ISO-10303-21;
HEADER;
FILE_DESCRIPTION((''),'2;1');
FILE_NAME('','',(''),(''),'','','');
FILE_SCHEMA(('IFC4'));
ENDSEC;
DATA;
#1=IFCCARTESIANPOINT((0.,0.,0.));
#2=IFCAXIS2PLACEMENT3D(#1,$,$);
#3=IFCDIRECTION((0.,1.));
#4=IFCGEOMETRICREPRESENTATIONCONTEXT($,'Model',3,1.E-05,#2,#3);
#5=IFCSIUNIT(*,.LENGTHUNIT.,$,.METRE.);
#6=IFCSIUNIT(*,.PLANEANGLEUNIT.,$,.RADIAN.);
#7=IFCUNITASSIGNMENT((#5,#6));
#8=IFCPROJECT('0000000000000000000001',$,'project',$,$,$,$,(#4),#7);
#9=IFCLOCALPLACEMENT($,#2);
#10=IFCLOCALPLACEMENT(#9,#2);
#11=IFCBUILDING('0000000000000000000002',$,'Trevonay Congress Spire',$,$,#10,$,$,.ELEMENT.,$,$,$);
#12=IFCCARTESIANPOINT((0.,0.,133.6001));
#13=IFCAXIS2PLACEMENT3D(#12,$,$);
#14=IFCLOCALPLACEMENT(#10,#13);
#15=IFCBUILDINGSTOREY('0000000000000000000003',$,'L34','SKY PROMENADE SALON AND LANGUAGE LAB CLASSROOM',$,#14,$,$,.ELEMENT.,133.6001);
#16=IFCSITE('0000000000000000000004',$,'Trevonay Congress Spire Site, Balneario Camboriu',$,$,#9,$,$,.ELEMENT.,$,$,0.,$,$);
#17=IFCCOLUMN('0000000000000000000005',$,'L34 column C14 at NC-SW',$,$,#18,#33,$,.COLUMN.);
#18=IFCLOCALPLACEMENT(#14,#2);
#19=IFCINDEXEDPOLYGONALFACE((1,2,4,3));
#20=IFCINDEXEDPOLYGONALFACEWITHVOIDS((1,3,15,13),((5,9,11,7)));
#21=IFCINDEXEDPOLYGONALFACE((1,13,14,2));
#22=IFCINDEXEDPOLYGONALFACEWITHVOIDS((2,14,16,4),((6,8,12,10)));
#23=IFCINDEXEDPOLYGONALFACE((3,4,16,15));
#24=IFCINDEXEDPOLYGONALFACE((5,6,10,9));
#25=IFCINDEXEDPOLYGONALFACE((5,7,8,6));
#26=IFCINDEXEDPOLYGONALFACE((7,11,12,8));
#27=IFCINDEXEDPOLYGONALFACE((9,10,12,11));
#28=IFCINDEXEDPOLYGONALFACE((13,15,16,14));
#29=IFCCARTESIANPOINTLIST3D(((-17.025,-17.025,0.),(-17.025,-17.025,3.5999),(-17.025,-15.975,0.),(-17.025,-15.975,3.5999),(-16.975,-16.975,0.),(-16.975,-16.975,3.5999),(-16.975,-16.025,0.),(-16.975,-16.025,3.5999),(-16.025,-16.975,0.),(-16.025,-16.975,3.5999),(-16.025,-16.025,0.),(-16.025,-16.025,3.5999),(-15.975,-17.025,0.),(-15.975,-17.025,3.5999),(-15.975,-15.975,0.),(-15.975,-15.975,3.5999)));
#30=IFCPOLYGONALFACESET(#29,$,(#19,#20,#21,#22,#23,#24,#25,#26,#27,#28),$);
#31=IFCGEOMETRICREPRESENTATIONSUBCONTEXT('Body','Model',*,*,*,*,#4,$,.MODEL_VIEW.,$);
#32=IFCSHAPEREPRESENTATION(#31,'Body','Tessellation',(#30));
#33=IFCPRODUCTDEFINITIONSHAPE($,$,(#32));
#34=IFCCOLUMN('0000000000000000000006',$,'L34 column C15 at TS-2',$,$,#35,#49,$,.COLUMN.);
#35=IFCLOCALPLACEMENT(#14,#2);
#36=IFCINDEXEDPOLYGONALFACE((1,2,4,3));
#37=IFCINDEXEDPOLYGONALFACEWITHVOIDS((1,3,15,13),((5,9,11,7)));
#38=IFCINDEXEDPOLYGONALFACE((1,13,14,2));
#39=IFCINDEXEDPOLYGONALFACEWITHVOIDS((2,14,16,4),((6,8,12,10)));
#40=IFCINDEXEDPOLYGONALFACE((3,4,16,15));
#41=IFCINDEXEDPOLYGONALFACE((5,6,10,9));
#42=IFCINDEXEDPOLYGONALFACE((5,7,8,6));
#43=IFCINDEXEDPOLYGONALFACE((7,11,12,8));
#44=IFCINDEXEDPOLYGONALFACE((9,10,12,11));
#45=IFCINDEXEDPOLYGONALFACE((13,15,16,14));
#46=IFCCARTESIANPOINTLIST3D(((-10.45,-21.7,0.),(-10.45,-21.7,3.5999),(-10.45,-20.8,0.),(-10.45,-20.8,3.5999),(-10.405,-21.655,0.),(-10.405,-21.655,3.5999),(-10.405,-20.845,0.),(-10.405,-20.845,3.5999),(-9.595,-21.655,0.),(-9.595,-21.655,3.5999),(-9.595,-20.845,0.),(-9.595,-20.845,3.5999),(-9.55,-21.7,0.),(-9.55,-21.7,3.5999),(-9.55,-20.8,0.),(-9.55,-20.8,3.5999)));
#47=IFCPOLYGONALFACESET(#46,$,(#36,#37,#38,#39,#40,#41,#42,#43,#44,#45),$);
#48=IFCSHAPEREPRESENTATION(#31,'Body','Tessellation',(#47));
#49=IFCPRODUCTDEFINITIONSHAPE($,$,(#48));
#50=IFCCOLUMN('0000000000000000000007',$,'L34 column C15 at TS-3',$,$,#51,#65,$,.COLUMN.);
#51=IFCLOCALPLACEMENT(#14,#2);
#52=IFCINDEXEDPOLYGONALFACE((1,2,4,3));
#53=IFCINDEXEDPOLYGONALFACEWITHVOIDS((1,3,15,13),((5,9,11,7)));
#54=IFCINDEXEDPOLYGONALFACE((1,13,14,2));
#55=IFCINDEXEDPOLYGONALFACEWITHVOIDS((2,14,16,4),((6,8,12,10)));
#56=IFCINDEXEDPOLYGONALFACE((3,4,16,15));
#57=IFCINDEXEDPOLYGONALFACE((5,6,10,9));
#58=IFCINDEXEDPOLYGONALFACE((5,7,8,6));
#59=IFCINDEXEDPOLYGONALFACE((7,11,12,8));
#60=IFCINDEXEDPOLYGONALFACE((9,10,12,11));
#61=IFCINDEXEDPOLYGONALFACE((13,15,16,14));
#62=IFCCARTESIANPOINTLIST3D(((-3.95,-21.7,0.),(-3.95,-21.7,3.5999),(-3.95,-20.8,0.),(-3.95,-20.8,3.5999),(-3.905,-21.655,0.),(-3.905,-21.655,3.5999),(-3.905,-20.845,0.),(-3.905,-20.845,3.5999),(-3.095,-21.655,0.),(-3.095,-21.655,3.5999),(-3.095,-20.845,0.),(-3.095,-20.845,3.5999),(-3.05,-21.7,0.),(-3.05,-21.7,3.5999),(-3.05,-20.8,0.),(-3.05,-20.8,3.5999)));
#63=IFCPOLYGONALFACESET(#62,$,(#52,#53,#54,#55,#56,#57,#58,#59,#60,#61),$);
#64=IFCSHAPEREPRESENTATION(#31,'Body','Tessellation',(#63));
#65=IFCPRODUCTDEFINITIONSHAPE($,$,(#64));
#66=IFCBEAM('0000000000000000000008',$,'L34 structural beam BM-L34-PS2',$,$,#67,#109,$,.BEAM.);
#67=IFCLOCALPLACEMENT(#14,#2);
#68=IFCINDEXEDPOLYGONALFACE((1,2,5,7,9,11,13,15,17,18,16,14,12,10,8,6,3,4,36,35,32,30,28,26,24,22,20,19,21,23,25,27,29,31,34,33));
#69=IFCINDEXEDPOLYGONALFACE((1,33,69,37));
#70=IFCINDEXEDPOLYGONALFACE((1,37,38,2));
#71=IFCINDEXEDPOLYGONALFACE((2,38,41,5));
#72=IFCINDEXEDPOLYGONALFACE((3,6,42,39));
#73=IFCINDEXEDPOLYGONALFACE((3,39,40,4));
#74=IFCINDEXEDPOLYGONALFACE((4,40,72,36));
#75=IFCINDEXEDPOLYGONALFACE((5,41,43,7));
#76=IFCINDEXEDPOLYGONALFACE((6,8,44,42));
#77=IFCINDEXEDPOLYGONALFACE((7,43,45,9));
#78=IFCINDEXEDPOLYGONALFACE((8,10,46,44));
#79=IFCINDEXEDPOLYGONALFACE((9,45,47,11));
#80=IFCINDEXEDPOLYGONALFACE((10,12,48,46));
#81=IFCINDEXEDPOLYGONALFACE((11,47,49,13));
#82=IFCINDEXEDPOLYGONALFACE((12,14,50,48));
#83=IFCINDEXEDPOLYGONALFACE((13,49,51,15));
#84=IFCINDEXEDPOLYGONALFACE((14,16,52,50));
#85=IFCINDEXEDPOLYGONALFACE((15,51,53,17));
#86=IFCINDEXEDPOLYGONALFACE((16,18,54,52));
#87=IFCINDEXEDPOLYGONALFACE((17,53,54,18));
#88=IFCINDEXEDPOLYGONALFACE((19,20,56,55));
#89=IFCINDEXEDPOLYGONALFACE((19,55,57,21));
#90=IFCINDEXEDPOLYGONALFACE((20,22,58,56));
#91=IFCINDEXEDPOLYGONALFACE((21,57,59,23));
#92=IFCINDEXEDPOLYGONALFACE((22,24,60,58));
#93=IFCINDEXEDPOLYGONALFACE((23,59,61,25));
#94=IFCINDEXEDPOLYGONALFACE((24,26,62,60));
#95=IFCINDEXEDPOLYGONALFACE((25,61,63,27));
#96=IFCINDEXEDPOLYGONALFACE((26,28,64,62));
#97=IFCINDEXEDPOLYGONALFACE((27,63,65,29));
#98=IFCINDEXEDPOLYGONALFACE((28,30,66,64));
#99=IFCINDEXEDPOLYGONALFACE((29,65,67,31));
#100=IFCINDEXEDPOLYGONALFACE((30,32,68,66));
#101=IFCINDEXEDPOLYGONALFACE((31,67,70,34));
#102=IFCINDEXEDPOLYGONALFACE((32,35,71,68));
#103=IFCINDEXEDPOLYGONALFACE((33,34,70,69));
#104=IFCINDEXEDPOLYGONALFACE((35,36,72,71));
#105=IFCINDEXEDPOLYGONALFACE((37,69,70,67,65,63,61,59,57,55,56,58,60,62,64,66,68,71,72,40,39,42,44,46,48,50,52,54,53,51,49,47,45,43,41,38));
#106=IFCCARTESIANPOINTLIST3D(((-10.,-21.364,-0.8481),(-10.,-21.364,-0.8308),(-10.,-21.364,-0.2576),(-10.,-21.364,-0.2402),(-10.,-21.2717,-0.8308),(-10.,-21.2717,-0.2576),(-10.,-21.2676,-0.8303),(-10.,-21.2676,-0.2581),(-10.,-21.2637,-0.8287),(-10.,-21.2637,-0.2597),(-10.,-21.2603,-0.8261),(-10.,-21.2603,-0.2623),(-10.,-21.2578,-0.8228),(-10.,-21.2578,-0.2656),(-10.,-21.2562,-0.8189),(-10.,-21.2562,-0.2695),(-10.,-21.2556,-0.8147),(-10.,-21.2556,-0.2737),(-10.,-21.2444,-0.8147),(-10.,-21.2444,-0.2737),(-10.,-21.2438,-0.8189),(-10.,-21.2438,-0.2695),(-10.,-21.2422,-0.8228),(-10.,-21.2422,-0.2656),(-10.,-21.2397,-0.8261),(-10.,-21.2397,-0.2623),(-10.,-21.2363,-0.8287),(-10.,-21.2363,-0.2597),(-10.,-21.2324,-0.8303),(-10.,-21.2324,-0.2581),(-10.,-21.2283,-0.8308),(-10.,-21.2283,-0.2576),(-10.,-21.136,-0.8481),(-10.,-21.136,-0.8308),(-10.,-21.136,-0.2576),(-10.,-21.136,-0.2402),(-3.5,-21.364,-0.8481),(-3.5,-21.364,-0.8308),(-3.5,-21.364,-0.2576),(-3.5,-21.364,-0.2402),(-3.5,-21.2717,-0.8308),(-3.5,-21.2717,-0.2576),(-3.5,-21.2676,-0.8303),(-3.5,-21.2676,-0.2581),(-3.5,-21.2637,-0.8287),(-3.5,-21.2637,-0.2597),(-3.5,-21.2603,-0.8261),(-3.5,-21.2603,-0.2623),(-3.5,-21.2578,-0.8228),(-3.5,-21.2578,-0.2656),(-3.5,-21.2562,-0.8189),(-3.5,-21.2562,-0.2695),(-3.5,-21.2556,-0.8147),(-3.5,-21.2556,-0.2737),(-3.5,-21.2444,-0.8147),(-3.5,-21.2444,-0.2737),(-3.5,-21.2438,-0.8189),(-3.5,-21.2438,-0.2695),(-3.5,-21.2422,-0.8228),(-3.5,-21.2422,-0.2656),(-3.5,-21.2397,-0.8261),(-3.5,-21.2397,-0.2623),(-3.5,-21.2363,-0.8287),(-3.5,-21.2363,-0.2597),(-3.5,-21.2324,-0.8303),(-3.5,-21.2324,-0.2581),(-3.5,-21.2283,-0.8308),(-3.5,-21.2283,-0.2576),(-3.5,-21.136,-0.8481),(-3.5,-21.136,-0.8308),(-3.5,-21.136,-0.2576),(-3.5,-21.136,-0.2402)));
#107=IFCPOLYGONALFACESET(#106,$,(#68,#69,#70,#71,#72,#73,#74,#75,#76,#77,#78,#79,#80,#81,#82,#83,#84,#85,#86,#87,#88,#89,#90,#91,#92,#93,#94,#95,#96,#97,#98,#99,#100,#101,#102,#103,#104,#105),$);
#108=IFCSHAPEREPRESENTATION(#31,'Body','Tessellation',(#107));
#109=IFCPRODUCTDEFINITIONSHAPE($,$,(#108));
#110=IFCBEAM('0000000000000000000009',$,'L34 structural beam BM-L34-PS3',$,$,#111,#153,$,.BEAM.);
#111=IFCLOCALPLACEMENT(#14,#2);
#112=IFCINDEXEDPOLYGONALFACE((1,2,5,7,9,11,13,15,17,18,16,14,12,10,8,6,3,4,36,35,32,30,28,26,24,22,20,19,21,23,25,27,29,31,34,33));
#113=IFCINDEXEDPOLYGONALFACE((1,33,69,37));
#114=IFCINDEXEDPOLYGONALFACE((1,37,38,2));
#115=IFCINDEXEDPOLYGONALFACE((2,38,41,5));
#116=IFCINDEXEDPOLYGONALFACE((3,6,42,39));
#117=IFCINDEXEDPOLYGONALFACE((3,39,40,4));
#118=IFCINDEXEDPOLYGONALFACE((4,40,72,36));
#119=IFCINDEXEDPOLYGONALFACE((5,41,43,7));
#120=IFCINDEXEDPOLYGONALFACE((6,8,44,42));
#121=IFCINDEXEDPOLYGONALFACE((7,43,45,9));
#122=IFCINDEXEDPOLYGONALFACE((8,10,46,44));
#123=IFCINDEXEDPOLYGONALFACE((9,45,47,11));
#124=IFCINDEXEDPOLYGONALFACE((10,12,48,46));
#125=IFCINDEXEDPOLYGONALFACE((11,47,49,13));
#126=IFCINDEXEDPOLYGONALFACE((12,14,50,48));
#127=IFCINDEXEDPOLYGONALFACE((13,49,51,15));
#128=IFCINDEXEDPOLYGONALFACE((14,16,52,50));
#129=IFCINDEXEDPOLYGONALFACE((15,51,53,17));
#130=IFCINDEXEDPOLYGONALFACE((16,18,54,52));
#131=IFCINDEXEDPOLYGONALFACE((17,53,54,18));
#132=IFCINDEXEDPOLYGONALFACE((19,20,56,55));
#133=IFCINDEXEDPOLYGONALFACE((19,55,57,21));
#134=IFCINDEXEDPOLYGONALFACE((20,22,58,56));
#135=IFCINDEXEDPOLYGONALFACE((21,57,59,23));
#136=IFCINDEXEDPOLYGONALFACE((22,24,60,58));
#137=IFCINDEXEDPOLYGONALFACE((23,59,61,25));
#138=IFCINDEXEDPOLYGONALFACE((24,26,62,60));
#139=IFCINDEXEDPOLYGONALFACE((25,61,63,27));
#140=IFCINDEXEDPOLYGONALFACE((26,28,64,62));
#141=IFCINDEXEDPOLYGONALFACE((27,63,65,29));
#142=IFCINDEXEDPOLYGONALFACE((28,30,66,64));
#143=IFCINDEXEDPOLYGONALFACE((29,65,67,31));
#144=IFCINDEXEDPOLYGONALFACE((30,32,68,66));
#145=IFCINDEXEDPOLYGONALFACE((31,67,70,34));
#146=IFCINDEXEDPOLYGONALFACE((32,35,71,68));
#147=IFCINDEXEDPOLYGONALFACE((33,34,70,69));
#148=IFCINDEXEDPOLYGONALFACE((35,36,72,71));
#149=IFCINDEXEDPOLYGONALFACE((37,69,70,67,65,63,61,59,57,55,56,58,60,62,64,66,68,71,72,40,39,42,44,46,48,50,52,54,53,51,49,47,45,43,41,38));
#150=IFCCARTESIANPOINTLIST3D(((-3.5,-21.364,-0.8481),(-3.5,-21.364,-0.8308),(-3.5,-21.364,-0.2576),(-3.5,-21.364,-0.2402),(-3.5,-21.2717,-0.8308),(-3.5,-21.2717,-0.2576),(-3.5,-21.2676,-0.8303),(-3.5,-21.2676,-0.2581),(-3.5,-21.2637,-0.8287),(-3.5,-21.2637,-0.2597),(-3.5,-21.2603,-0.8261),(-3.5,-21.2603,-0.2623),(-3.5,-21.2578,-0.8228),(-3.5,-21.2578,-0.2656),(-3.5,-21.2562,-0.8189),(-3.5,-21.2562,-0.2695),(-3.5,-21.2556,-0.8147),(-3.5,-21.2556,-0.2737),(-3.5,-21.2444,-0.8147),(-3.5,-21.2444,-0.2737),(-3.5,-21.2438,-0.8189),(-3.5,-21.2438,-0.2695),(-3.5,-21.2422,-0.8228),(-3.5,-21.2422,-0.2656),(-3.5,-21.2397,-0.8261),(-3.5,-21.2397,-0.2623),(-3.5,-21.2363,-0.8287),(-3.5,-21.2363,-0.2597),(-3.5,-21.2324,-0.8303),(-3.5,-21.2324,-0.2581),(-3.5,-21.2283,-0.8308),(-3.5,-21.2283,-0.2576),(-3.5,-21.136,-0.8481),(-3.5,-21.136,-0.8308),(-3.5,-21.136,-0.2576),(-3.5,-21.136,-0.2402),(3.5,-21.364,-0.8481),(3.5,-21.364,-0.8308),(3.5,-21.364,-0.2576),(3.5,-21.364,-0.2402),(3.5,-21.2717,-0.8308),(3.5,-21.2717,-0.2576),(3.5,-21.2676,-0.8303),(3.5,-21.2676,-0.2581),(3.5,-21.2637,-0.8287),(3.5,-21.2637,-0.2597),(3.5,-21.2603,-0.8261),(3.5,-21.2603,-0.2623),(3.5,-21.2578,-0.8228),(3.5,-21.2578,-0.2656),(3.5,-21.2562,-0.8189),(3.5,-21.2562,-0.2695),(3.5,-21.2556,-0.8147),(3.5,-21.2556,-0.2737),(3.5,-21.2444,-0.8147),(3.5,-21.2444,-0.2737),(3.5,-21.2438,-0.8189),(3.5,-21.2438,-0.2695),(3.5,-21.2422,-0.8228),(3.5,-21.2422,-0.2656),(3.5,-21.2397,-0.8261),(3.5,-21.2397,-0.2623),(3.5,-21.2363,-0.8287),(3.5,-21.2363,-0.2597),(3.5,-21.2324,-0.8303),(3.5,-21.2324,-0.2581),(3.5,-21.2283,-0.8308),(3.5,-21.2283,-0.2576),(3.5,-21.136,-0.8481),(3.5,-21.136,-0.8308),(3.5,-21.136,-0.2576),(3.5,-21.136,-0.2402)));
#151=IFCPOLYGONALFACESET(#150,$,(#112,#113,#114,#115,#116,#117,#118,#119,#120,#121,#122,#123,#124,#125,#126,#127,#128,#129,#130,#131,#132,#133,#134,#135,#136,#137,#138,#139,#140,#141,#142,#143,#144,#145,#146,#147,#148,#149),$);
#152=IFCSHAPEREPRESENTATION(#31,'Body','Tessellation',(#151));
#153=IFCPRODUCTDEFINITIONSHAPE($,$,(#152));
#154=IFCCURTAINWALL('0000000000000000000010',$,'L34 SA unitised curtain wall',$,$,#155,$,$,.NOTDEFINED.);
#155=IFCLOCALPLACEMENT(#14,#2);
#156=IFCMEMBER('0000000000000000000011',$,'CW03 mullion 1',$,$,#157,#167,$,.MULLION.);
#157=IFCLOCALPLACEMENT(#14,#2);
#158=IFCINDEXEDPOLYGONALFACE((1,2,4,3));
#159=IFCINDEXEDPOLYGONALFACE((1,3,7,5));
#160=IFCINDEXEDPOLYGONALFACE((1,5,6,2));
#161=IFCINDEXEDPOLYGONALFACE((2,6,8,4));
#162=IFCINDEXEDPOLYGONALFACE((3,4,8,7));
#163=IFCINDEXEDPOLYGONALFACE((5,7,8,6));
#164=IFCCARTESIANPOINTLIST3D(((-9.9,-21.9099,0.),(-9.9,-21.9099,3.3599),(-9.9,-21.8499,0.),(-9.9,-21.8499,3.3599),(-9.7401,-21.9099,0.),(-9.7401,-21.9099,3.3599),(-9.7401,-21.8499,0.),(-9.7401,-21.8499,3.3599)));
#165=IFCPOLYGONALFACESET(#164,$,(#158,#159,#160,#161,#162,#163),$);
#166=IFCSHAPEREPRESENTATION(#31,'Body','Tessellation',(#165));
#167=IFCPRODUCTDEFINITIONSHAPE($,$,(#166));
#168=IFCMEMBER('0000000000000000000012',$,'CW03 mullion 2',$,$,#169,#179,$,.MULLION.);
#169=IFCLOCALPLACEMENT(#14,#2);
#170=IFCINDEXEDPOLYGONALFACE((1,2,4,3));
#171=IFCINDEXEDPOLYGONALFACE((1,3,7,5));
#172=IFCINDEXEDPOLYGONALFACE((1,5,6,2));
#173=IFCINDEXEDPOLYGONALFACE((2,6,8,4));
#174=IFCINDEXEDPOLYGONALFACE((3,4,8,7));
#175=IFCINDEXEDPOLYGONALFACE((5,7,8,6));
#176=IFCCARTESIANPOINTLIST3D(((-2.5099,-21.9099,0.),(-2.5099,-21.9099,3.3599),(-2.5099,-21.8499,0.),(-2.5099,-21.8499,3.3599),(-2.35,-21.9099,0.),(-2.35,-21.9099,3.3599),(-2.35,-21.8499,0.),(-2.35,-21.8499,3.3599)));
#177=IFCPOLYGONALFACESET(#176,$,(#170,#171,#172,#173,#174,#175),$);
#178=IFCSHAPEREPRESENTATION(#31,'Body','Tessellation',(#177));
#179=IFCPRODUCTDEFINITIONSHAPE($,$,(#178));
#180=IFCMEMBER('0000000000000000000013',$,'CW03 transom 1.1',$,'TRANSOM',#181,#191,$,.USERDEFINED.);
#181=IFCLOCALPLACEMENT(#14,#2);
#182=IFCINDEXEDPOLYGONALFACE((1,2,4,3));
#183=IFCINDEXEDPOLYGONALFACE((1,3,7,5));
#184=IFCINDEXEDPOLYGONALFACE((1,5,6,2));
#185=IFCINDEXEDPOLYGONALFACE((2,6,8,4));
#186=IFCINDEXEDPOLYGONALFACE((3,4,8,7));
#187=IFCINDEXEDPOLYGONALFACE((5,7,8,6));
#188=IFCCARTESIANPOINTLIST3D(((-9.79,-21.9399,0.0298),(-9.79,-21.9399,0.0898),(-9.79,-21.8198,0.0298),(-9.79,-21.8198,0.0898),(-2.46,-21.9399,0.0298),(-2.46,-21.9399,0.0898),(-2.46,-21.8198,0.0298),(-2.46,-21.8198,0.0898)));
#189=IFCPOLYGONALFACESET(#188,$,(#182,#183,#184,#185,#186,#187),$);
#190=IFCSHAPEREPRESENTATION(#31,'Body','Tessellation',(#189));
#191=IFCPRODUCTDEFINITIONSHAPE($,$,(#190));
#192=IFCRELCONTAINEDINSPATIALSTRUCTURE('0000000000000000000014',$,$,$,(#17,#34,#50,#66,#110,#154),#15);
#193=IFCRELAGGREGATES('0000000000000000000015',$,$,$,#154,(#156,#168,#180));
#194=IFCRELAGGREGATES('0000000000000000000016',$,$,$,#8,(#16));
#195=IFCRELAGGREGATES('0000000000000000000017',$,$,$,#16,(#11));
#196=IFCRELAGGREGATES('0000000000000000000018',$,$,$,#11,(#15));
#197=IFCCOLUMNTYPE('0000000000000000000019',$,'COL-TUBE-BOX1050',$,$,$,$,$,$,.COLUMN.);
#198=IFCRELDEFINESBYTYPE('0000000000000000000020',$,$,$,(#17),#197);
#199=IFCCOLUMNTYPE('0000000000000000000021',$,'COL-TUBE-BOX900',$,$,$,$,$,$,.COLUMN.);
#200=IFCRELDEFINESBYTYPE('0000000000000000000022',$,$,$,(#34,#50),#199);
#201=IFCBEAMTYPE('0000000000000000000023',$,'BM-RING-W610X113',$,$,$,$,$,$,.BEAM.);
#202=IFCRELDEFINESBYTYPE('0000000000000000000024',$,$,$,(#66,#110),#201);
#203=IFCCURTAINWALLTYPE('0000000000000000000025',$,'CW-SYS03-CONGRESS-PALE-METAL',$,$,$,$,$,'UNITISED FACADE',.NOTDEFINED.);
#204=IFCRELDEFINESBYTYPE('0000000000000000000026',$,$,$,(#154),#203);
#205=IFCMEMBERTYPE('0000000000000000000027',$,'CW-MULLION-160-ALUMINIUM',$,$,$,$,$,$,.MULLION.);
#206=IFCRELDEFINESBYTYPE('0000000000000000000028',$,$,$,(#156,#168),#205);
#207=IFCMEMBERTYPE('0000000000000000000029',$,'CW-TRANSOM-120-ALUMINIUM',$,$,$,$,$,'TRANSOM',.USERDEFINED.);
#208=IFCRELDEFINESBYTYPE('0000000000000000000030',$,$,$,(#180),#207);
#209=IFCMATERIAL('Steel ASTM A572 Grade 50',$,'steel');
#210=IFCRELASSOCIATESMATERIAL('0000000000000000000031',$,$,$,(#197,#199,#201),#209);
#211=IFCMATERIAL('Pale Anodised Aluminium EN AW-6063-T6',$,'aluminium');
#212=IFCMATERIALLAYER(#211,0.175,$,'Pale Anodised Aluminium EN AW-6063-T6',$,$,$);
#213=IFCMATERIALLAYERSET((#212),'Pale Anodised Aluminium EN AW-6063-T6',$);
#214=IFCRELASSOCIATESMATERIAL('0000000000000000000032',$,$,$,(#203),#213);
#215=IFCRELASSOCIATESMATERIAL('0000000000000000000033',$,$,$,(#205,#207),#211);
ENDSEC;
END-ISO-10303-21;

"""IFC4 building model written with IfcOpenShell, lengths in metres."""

from ifc_helpers import new_model, si_unit, direction, frame, origin, origin_2d, place, context, subcontext, project, spatial, rectangle, hollow_rectangle, i_section, extrude, material, layer, layer_set, material_profile, profile_set, type_object, element, aggregate, save


model = new_model("IFC4")

# Units and contexts
model_context = context("Model", 3, precision=1e-05, world=origin(), true_north=direction((0.0, 1.0)))
body_context = subcontext(model_context, "Body", "Model", "MODEL_VIEW")
ifc_project = project(units=[si_unit("LENGTHUNIT", "METRE"), si_unit("PLANEANGLEUNIT", "RADIAN")], contexts=[model_context])

# Site, building, storey
site_placement = place(None, origin())
site = spatial("IfcSite", under=ifc_project, at=site_placement, Name="Trevonay Congress Spire Site, Balneario Camboriu", CompositionType="ELEMENT", RefElevation=0.0)
building_placement = place(site_placement, origin())
building = spatial("IfcBuilding", under=site, at=building_placement, Name="Trevonay Congress Spire", CompositionType="ELEMENT")
storey_placement = place(building_placement, frame((0.0, 0.0, 133.6001)))
storey = spatial("IfcBuildingStorey", under=building, at=storey_placement, Name="L34", Description="SKY PROMENADE SALON AND LANGUAGE LAB CLASSROOM", CompositionType="ELEMENT", Elevation=133.6001)

# Columns
ifc_material_1 = material(Name="Steel ASTM A572 Grade 50", Category="steel")
ifc_material_profile_1 = material_profile(ifc_material_1, hollow_rectangle(XDim=1.05, YDim=1.05, WallThickness=0.05, at=origin_2d()), Name="BOX 1050x1050x50")
ifc_profile_set_1 = profile_set([ifc_material_profile_1], Name="Steel ASTM A572 Grade 50")
column_type_1 = type_object("IfcColumnType", Name="COL-TUBE-BOX1050", PredefinedType="COLUMN", material=ifc_profile_set_1)
column_placement = place(storey_placement, frame((-16.5, -16.5, 0.0), z_axis=(0.0, 0.0, 1.0), x_axis=(1.0, 0.0, 0.0)))
element("IfcColumn", 1, at=column_placement, inside=storey, type_object=column_type_1, Name="L34 column C14 at NC-SW", PredefinedType="COLUMN", context=body_context, shape_type="SweptSolid", body=[
    extrude(hollow_rectangle(XDim=1.05, YDim=1.05, WallThickness=0.05, at=origin_2d()), origin(), (0.0, 0.0, 1.0), 3.5999),
])
ifc_material_profile_2 = material_profile(ifc_material_1, hollow_rectangle(XDim=0.8999, YDim=0.8999, WallThickness=0.0449, at=origin_2d()), Name="BOX 900x900x45")
ifc_profile_set_2 = profile_set([ifc_material_profile_2], Name="Steel ASTM A572 Grade 50")
column_type_2 = type_object("IfcColumnType", Name="COL-TUBE-BOX900", PredefinedType="COLUMN", material=ifc_profile_set_2)
for number, where, z_axis, x_axis, name in (
    (2, (-10.0, -21.25, 0.0), (0.0, 0.0, 1.0), (1.0, 0.0, 0.0), "L34 column C15 at TS-2"),
    (3, (-3.5, -21.25, 0.0), (0.0, 0.0, 1.0), (1.0, 0.0, 0.0), "L34 column C15 at TS-3"),
):
    element("IfcColumn", number, at=place(storey_placement, frame(where, z_axis=z_axis, x_axis=x_axis)), inside=storey, type_object=column_type_2, Name=name, PredefinedType="COLUMN", context=body_context, shape_type="SweptSolid", body=[
        extrude(hollow_rectangle(XDim=0.8999, YDim=0.8999, WallThickness=0.0449, at=origin_2d()), origin(), (0.0, 0.0, 1.0), 3.5999),
    ])

# Beams
ifc_material_profile_3 = material_profile(ifc_material_1, i_section(OverallWidth=0.228, OverallDepth=0.6079, WebThickness=0.0112, FlangeThickness=0.0173, FilletRadius=0.0161, at=origin_2d()), Name="W610x113")
ifc_profile_set_3 = profile_set([ifc_material_profile_3], Name="Steel ASTM A572 Grade 50")
beam_type_1 = type_object("IfcBeamType", Name="BM-RING-W610X113", PredefinedType="BEAM", material=ifc_profile_set_3)
beam_1_placement = place(storey_placement, frame((-10.0, -21.25, -0.5442), z_axis=(1.0, 0.0, 0.0), x_axis=(0.0, 1.0, 0.0)))
element("IfcBeam", 4, at=beam_1_placement, inside=storey, type_object=beam_type_1, Name="L34 structural beam BM-L34-PS2", PredefinedType="BEAM", context=body_context, shape_type="SweptSolid", body=[
    extrude(i_section(OverallWidth=0.228, OverallDepth=0.6079, WebThickness=0.0112, FlangeThickness=0.0173, FilletRadius=0.0161, at=origin_2d()), origin(), (0.0, 0.0, 1.0), 6.5),
])
beam_2_placement = place(storey_placement, frame((-3.5, -21.25, -0.5442), z_axis=(1.0, 0.0, 0.0), x_axis=(0.0, 1.0, 0.0)))
element("IfcBeam", 5, at=beam_2_placement, inside=storey, type_object=beam_type_1, Name="L34 structural beam BM-L34-PS3", PredefinedType="BEAM", context=body_context, shape_type="SweptSolid", body=[
    extrude(i_section(OverallWidth=0.228, OverallDepth=0.6079, WebThickness=0.0112, FlangeThickness=0.0173, FilletRadius=0.0161, at=origin_2d()), origin(), (0.0, 0.0, 1.0), 7.0),
])

# Curtain wall, members
ifc_material_2 = material(Name="Pale Anodised Aluminium EN AW-6063-T6", Category="aluminium")
ifc_layer_1 = layer(ifc_material_2, 0.175, Name="Pale Anodised Aluminium EN AW-6063-T6")
ifc_layer_set_1 = layer_set([ifc_layer_1], Name="Pale Anodised Aluminium EN AW-6063-T6")
curtain_wall_type = type_object("IfcCurtainWallType", Name="CW-SYS03-CONGRESS-PALE-METAL", ElementType="UNITISED FACADE", PredefinedType="NOTDEFINED", material=ifc_layer_set_1)
curtain_wall_placement = place(storey_placement, origin())
curtain_wall = element("IfcCurtainWall", 6, at=curtain_wall_placement, inside=storey, type_object=curtain_wall_type, Name="L34 SA unitised curtain wall", PredefinedType="NOTDEFINED")
ifc_material_profile_4 = material_profile(ifc_material_2, rectangle(XDim=0.0601, YDim=0.1599, at=origin_2d()), Name="CW-MULLION-160-ALUMINIUM")
ifc_profile_set_4 = profile_set([ifc_material_profile_4], Name="Pale Anodised Aluminium EN AW-6063-T6")
member_type_1 = type_object("IfcMemberType", Name="CW-MULLION-160-ALUMINIUM", PredefinedType="MULLION", material=ifc_profile_set_4)
member_1_placement = place(storey_placement, frame((-9.8201, -21.8799, 0.0), z_axis=(0.0, 0.0, 1.0), x_axis=(0.0, 1.0, 0.0)))
member_1 = element("IfcMember", 7, at=member_1_placement, type_object=member_type_1, Name="CW03 mullion 1", PredefinedType="MULLION", context=body_context, shape_type="SweptSolid", body=[
    extrude(rectangle(XDim=0.0601, YDim=0.1599, at=origin_2d()), origin(), (0.0, 0.0, 1.0), 3.3599),
])
member_2_placement = place(storey_placement, frame((-2.4299, -21.8799, 0.0), z_axis=(0.0, 0.0, 1.0), x_axis=(0.0, 1.0, 0.0)))
member_2 = element("IfcMember", 8, at=member_2_placement, type_object=member_type_1, Name="CW03 mullion 2", PredefinedType="MULLION", context=body_context, shape_type="SweptSolid", body=[
    extrude(rectangle(XDim=0.0601, YDim=0.1599, at=origin_2d()), origin(), (0.0, 0.0, 1.0), 3.3599),
])
ifc_material_profile_5 = material_profile(ifc_material_2, rectangle(XDim=0.1201, YDim=0.0601, at=origin_2d()), Name="CW-TRANSOM-120-ALUMINIUM")
ifc_profile_set_5 = profile_set([ifc_material_profile_5], Name="Pale Anodised Aluminium EN AW-6063-T6")
member_type_2 = type_object("IfcMemberType", Name="CW-TRANSOM-120-ALUMINIUM", ElementType="TRANSOM", PredefinedType="USERDEFINED", material=ifc_profile_set_5)
member_3_placement = place(storey_placement, frame((-9.79, -21.8799, 0.0598), z_axis=(1.0, 0.0, 0.0), x_axis=(0.0, 1.0, 0.0)))
member_3 = element("IfcMember", 9, at=member_3_placement, type_object=member_type_2, Name="CW03 transom 1.1", ObjectType="TRANSOM", PredefinedType="USERDEFINED", context=body_context, shape_type="SweptSolid", body=[
    extrude(rectangle(XDim=0.1201, YDim=0.0601, at=origin_2d()), origin(), (0.0, 0.0, 1.0), 7.3301),
])

aggregate(curtain_wall, [member_1, member_2, member_3])

save(model, "model.ifc")
